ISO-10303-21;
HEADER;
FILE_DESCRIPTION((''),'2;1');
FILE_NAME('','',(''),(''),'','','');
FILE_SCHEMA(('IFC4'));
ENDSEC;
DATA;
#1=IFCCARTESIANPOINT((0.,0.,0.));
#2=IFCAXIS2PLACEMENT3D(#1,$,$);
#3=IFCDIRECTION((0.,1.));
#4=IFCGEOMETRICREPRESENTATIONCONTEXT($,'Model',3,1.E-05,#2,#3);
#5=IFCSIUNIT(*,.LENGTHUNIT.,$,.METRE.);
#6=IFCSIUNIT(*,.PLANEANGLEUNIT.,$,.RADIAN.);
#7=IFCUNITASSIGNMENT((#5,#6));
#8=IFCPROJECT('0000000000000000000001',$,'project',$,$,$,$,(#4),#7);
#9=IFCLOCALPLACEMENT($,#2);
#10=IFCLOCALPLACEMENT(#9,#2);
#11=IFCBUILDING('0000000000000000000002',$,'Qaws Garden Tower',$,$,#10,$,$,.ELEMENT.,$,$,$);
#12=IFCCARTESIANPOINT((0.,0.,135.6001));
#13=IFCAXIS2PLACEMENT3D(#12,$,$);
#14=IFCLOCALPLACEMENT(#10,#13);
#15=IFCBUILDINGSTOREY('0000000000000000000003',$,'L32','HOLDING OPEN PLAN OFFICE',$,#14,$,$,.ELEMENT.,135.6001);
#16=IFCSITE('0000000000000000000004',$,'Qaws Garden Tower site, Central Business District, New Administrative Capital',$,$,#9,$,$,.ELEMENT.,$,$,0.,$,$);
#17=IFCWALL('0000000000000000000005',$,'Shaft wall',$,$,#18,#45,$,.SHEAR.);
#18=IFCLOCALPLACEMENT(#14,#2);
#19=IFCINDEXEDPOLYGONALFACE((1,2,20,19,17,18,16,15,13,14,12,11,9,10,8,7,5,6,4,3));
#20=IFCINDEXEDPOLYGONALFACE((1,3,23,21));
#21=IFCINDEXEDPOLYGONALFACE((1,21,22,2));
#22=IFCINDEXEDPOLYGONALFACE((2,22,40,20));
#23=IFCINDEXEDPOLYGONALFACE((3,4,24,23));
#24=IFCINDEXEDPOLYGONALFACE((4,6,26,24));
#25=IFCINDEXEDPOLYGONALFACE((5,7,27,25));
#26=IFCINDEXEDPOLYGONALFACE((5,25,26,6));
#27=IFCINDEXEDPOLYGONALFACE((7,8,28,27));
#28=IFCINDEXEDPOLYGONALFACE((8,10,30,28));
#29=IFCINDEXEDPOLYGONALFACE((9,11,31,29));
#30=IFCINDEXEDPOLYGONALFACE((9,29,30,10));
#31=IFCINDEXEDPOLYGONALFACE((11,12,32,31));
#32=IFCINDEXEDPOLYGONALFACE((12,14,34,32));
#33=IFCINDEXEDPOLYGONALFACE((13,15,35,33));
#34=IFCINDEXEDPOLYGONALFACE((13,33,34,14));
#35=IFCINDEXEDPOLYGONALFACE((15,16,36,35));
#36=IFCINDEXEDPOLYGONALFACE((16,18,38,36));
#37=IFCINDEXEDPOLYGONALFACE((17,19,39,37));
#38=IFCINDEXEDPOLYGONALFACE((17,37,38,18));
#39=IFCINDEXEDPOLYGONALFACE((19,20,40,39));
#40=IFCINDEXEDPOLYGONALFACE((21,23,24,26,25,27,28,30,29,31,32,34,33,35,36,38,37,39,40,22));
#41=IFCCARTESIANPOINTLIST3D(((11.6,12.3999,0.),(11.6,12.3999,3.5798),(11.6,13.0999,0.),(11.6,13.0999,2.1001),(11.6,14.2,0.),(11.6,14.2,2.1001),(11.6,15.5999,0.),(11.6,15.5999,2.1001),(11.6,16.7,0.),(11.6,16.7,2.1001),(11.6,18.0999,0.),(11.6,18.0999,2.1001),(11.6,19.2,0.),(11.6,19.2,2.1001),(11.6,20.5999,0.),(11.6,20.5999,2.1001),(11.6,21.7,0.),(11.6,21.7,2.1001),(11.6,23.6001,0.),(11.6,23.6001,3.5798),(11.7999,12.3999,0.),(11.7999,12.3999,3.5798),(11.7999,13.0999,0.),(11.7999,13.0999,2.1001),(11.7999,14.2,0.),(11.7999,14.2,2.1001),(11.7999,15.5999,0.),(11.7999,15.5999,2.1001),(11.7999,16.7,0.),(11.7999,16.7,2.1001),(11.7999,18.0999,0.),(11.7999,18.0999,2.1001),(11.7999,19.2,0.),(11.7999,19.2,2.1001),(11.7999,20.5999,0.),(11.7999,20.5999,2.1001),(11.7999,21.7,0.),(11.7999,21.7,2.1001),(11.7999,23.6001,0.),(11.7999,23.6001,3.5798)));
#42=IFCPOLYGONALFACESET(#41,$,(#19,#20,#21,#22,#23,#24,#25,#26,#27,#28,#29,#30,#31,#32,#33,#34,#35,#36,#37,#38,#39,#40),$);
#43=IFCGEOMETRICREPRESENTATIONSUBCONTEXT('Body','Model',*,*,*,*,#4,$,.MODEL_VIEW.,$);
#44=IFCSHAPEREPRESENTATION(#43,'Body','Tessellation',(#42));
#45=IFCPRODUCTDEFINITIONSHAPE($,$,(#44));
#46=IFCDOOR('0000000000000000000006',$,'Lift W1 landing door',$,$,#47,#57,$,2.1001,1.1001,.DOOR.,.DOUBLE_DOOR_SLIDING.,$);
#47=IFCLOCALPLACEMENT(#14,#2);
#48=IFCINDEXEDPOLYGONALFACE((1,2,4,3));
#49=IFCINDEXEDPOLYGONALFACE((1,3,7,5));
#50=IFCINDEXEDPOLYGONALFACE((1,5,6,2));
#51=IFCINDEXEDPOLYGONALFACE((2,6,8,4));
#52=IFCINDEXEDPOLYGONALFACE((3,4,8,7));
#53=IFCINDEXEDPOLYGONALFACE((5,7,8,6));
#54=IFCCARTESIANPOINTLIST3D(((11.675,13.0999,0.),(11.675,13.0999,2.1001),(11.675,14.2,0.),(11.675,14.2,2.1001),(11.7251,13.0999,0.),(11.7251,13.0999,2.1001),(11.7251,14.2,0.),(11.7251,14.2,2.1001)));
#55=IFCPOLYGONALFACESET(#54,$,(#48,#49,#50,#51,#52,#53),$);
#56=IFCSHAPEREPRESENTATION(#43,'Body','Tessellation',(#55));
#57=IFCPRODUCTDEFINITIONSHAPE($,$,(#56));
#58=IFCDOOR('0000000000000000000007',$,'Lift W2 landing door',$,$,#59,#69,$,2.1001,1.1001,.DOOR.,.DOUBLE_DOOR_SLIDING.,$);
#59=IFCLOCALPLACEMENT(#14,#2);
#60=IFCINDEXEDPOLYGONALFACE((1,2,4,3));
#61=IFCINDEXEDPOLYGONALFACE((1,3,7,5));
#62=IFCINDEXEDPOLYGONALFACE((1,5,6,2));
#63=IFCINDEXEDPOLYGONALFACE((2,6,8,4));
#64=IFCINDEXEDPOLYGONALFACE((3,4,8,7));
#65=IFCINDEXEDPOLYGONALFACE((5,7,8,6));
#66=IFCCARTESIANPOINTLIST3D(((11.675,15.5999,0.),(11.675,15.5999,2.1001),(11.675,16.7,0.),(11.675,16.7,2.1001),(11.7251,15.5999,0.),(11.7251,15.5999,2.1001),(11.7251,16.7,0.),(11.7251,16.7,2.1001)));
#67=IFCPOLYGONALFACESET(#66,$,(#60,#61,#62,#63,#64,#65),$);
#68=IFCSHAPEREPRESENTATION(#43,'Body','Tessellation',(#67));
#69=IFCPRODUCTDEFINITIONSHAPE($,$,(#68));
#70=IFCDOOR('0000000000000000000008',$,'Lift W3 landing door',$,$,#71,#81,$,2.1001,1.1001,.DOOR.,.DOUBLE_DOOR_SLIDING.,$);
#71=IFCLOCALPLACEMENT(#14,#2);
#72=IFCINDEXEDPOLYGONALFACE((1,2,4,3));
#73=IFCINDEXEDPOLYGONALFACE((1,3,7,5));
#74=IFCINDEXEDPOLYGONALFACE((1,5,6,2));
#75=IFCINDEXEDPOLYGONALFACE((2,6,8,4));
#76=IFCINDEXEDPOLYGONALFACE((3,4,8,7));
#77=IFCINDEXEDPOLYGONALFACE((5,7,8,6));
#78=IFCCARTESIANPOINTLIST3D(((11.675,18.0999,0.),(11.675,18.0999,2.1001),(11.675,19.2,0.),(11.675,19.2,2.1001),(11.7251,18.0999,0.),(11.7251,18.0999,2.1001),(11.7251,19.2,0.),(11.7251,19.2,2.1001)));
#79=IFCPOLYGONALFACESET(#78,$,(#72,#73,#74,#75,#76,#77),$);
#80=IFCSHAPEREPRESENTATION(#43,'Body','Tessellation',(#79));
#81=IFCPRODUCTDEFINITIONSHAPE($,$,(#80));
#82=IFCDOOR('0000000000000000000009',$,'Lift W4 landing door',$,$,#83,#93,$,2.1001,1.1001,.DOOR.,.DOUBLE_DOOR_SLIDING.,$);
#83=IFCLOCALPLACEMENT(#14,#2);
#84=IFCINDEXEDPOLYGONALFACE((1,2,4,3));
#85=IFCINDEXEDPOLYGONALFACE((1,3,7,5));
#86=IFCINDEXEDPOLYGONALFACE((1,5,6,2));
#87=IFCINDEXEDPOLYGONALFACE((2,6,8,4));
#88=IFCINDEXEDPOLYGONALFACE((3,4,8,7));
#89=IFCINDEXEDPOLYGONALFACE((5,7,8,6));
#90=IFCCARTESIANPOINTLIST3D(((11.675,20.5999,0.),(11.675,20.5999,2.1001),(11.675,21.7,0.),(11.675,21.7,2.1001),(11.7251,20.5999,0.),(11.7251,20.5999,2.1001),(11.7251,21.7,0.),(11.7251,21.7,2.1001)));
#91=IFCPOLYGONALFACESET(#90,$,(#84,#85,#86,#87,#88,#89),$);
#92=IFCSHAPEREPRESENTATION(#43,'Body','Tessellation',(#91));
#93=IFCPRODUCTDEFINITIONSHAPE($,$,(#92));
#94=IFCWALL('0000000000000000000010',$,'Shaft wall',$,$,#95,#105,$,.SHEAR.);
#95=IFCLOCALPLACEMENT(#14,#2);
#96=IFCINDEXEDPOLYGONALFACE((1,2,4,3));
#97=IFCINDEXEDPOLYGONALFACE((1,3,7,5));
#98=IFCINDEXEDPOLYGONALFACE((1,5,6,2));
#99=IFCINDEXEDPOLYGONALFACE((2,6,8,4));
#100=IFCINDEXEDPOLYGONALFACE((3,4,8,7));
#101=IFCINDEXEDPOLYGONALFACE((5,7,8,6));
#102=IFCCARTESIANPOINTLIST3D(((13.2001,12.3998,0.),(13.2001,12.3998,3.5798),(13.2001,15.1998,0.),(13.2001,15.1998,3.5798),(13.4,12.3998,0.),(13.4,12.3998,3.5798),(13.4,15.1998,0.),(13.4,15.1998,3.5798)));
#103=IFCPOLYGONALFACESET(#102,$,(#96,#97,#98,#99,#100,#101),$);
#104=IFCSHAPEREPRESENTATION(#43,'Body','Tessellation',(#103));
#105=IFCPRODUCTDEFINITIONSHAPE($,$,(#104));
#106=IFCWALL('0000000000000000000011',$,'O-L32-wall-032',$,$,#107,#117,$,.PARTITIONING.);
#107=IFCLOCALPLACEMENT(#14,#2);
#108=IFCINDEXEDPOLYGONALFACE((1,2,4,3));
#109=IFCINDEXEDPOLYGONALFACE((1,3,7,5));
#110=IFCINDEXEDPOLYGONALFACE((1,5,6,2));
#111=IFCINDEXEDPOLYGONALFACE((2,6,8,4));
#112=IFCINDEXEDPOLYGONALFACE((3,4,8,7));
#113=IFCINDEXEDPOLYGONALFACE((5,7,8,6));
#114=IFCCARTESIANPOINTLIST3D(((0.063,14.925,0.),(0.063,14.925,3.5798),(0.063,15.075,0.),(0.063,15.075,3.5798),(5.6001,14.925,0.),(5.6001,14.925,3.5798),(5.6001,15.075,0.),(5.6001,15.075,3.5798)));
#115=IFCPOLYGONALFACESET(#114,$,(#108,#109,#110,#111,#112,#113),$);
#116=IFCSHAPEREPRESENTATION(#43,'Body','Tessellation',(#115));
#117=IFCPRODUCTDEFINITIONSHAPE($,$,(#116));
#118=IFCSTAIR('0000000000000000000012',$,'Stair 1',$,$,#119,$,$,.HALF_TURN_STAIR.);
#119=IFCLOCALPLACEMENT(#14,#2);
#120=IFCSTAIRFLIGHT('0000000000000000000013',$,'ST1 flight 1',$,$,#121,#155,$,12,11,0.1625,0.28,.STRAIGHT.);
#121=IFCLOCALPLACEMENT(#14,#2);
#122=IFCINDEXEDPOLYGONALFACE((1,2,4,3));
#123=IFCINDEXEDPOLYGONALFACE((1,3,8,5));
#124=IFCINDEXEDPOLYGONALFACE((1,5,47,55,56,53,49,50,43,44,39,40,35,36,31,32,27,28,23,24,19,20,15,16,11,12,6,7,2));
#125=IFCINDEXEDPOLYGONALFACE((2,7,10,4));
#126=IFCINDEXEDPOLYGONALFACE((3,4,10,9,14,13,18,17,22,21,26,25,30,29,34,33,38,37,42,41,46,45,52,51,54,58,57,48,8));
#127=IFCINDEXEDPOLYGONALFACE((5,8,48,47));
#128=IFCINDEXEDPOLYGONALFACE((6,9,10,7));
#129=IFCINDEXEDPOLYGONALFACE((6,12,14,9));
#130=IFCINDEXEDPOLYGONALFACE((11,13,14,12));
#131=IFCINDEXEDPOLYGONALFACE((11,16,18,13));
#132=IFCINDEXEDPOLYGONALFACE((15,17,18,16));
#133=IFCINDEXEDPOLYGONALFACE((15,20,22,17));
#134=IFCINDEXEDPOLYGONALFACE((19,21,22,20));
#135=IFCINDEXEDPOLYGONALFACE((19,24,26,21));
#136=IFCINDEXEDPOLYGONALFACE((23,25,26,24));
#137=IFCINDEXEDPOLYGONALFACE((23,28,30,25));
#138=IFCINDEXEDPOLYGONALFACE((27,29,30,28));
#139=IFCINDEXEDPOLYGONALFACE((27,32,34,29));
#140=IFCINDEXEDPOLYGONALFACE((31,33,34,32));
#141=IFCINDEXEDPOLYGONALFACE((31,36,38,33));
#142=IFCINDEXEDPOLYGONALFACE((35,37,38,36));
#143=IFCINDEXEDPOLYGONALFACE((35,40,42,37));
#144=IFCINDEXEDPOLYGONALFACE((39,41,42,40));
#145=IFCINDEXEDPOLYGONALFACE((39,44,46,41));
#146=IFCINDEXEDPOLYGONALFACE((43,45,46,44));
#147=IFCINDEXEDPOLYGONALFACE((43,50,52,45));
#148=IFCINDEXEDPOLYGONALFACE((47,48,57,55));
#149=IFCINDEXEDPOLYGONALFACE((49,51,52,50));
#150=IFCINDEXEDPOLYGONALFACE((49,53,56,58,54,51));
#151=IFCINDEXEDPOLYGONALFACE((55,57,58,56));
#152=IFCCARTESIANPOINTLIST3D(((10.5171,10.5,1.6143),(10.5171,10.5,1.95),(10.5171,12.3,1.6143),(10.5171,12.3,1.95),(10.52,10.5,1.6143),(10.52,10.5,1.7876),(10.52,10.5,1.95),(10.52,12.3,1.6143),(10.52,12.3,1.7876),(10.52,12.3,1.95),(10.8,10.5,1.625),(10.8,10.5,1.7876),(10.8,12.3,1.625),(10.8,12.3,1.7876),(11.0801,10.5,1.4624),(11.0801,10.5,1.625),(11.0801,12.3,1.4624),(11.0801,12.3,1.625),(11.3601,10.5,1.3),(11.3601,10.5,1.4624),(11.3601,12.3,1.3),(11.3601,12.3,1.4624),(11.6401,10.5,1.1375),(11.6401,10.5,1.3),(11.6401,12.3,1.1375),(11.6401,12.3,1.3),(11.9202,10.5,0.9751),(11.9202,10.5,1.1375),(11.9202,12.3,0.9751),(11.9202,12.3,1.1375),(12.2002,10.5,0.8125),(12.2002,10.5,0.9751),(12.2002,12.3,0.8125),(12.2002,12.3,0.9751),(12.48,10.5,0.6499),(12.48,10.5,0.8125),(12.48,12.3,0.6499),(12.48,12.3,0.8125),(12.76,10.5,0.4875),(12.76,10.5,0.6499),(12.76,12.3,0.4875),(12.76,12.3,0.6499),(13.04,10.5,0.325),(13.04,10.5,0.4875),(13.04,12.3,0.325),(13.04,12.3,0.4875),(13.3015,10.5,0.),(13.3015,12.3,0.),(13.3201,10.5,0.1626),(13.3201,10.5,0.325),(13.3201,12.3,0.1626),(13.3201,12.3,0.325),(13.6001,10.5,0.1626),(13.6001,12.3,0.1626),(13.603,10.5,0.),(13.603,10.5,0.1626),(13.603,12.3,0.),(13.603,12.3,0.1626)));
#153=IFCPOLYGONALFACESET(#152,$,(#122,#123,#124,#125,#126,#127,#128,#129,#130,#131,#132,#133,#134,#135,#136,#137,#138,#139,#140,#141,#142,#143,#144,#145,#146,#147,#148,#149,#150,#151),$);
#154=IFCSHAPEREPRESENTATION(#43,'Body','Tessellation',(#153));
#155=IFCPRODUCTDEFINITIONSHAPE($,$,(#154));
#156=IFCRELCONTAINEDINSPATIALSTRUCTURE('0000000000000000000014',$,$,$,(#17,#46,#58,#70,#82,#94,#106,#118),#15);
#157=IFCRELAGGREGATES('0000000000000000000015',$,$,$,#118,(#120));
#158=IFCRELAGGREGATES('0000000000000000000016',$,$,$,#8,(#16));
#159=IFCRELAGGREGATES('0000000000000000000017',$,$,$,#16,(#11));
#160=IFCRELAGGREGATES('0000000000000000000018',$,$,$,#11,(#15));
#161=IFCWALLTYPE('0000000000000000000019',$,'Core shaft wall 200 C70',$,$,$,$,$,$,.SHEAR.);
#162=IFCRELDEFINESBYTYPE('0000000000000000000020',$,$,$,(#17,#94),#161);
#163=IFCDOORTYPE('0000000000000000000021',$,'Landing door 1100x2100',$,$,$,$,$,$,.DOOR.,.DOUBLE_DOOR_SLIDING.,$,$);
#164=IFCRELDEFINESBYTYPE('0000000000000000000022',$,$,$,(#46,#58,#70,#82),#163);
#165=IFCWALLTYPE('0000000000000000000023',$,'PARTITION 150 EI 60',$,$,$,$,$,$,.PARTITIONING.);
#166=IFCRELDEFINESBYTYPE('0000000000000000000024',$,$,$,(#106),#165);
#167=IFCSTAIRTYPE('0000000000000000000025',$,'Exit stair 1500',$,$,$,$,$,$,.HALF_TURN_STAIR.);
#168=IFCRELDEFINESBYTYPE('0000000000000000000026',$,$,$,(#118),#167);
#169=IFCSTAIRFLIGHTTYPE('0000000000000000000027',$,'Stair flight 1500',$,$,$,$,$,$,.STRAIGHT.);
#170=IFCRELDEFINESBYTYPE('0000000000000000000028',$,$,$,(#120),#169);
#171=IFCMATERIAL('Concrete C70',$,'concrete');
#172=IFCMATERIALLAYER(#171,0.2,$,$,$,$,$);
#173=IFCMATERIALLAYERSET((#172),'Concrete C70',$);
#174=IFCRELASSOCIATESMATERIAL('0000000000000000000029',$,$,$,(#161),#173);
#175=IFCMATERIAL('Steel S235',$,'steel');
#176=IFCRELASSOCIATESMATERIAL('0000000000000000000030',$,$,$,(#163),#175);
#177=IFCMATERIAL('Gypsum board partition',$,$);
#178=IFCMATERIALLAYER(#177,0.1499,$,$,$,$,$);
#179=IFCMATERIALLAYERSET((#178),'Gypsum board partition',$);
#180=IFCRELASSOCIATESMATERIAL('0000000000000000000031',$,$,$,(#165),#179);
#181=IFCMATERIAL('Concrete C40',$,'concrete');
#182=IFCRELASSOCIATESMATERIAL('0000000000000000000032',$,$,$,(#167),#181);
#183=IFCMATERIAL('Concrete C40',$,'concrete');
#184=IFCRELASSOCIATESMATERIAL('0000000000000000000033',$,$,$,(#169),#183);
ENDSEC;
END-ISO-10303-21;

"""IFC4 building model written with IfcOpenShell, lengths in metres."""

from ifc_helpers import new_model, si_unit, direction, frame, frame_2d, origin, place, context, subcontext, project, spatial, polyline, rectangle, outline, extrude, material, layer, layer_set, type_object, element, fill, aggregate, save


model = new_model("IFC4")

# Units and contexts
model_context = context("Model", 3, precision=1e-05, world=origin(), true_north=direction((0.0, 1.0)))
body_context = subcontext(model_context, "Body", "Model", "MODEL_VIEW")
ifc_project = project(units=[si_unit("LENGTHUNIT", "METRE"), si_unit("PLANEANGLEUNIT", "RADIAN")], contexts=[model_context])

# Site, building, storey
site_placement = place(None, origin())
site = spatial("IfcSite", under=ifc_project, at=site_placement, Name="Qaws Garden Tower site, Central Business District, New Administrative Capital", CompositionType="ELEMENT", RefElevation=0.0)
building_placement = place(site_placement, origin())
building = spatial("IfcBuilding", under=site, at=building_placement, Name="Qaws Garden Tower", CompositionType="ELEMENT")
storey_placement = place(building_placement, frame((0.0, 0.0, 135.6001)))
storey = spatial("IfcBuildingStorey", under=building, at=storey_placement, Name="L32", Description="HOLDING OPEN PLAN OFFICE", CompositionType="ELEMENT", Elevation=135.6001)

# Shared definitions
ifc_material_1 = material(Name="Concrete C70", Category="concrete")
ifc_layer_1 = layer(ifc_material_1, 0.2)
ifc_layer_set_1 = layer_set([ifc_layer_1], Name="Concrete C70")
wall_type_1 = type_object("IfcWallType", Name="Core shaft wall 200 C70", PredefinedType="SHEAR", material=ifc_layer_set_1)

# Wall, openings, doors
wall_1_placement = place(storey_placement, frame((11.7, 12.3999, 0.0), z_axis=(0.0, 0.0, 1.0), x_axis=(0.0, 1.0, 0.0)))
wall_1 = element("IfcWall", 1, at=wall_1_placement, inside=storey, type_object=wall_type_1, Name="Shaft wall", PredefinedType="SHEAR", context=body_context, shape_type="SweptSolid", body=[
    extrude(rectangle(XDim=11.2002, YDim=0.2, at=frame_2d((5.6001, 0.0))), origin(), (0.0, 0.0, 1.0), 3.5798),
])
opening_1_placement = place(wall_1_placement, frame((0.7, 0.0, 0.0)))
opening_1 = element("IfcOpeningElement", 2, at=opening_1_placement, cuts=wall_1, PredefinedType="OPENING", context=body_context, shape_type="SweptSolid", body=[
    extrude(rectangle(XDim=1.1001, YDim=2.1001, at=frame_2d((0.55, 1.05))), frame((0.0, 0.1099, 0.0), z_axis=(0.0, -1.0, 0.0), x_axis=(1.0, 0.0, 0.0)), (0.0, 0.0, 1.0), 0.22),
])
opening_2_placement = place(wall_1_placement, frame((3.2, 0.0, 0.0)))
opening_2 = element("IfcOpeningElement", 3, at=opening_2_placement, cuts=wall_1, PredefinedType="OPENING", context=body_context, shape_type="SweptSolid", body=[
    extrude(rectangle(XDim=1.1001, YDim=2.1001, at=frame_2d((0.55, 1.05))), frame((0.0, 0.1099, 0.0), z_axis=(0.0, -1.0, 0.0), x_axis=(1.0, 0.0, 0.0)), (0.0, 0.0, 1.0), 0.22),
])
opening_3_placement = place(wall_1_placement, frame((5.7, 0.0, 0.0)))
opening_3 = element("IfcOpeningElement", 4, at=opening_3_placement, cuts=wall_1, PredefinedType="OPENING", context=body_context, shape_type="SweptSolid", body=[
    extrude(rectangle(XDim=1.1001, YDim=2.1001, at=frame_2d((0.55, 1.05))), frame((0.0, 0.1099, 0.0), z_axis=(0.0, -1.0, 0.0), x_axis=(1.0, 0.0, 0.0)), (0.0, 0.0, 1.0), 0.22),
])
opening_4_placement = place(wall_1_placement, frame((8.2, 0.0, 0.0)))
opening_4 = element("IfcOpeningElement", 5, at=opening_4_placement, cuts=wall_1, PredefinedType="OPENING", context=body_context, shape_type="SweptSolid", body=[
    extrude(rectangle(XDim=1.1001, YDim=2.1001, at=frame_2d((0.55, 1.05))), frame((0.0, 0.1099, 0.0), z_axis=(0.0, -1.0, 0.0), x_axis=(1.0, 0.0, 0.0)), (0.0, 0.0, 1.0), 0.22),
])
ifc_material_2 = material(Name="Steel S235", Category="steel")
door_type = type_object("IfcDoorType", Name="Landing door 1100x2100", OperationType="DOUBLE_DOOR_SLIDING", PredefinedType="DOOR", material=ifc_material_2)
door_1_placement = place(opening_1_placement, origin())
door_1 = element("IfcDoor", 6, at=door_1_placement, inside=storey, type_object=door_type, Name="Lift W1 landing door", OperationType="DOUBLE_DOOR_SLIDING", OverallHeight=2.1001, OverallWidth=1.1001, PredefinedType="DOOR", context=body_context, shape_type="SweptSolid", body=[
    extrude(rectangle(XDim=1.1001, YDim=2.1001, at=frame_2d((0.55, 1.05))), frame((0.0, 0.0249, 0.0), z_axis=(0.0, -1.0, 0.0), x_axis=(1.0, 0.0, 0.0)), (0.0, 0.0, 1.0), 0.05),
])
fill(opening_1, door_1)
door_2_placement = place(opening_2_placement, origin())
door_2 = element("IfcDoor", 7, at=door_2_placement, inside=storey, type_object=door_type, Name="Lift W2 landing door", OperationType="DOUBLE_DOOR_SLIDING", OverallHeight=2.1001, OverallWidth=1.1001, PredefinedType="DOOR", context=body_context, shape_type="SweptSolid", body=[
    extrude(rectangle(XDim=1.1001, YDim=2.1001, at=frame_2d((0.55, 1.05))), frame((0.0, 0.0249, 0.0), z_axis=(0.0, -1.0, 0.0), x_axis=(1.0, 0.0, 0.0)), (0.0, 0.0, 1.0), 0.05),
])
fill(opening_2, door_2)
door_3_placement = place(opening_3_placement, origin())
door_3 = element("IfcDoor", 8, at=door_3_placement, inside=storey, type_object=door_type, Name="Lift W3 landing door", OperationType="DOUBLE_DOOR_SLIDING", OverallHeight=2.1001, OverallWidth=1.1001, PredefinedType="DOOR", context=body_context, shape_type="SweptSolid", body=[
    extrude(rectangle(XDim=1.1001, YDim=2.1001, at=frame_2d((0.55, 1.05))), frame((0.0, 0.0249, 0.0), z_axis=(0.0, -1.0, 0.0), x_axis=(1.0, 0.0, 0.0)), (0.0, 0.0, 1.0), 0.05),
])
fill(opening_3, door_3)
door_4_placement = place(opening_4_placement, origin())
door_4 = element("IfcDoor", 9, at=door_4_placement, inside=storey, type_object=door_type, Name="Lift W4 landing door", OperationType="DOUBLE_DOOR_SLIDING", OverallHeight=2.1001, OverallWidth=1.1001, PredefinedType="DOOR", context=body_context, shape_type="SweptSolid", body=[
    extrude(rectangle(XDim=1.1001, YDim=2.1001, at=frame_2d((0.55, 1.05))), frame((0.0, 0.0249, 0.0), z_axis=(0.0, -1.0, 0.0), x_axis=(1.0, 0.0, 0.0)), (0.0, 0.0, 1.0), 0.05),
])
fill(opening_4, door_4)

# Walls
wall_2_placement = place(storey_placement, frame((13.3, 12.3999, 0.0), z_axis=(0.0, 0.0, 1.0), x_axis=(0.0, 1.0, 0.0)))
element("IfcWall", 10, at=wall_2_placement, inside=storey, type_object=wall_type_1, Name="Shaft wall", PredefinedType="SHEAR", context=body_context, shape_type="SweptSolid", body=[
    extrude(rectangle(XDim=2.8, YDim=0.2, at=frame_2d((1.3999, 0.0))), origin(), (0.0, 0.0, 1.0), 3.5798),
])
ifc_material_3 = material(Name="Gypsum board partition")
ifc_layer_2 = layer(ifc_material_3, 0.1499)
ifc_layer_set_2 = layer_set([ifc_layer_2], Name="Gypsum board partition")
wall_type_2 = type_object("IfcWallType", Name="PARTITION 150 EI 60", PredefinedType="PARTITIONING", material=ifc_layer_set_2)
wall_3_placement = place(storey_placement, frame((0.063, 15.0, 0.0), z_axis=(0.0, 0.0, 1.0), x_axis=(1.0, 0.0, 0.0)))
element("IfcWall", 11, at=wall_3_placement, inside=storey, type_object=wall_type_2, Name="O-L32-wall-032", PredefinedType="PARTITIONING", context=body_context, shape_type="SweptSolid", body=[
    extrude(rectangle(XDim=5.5371, YDim=0.1499, at=frame_2d((2.7686, 0.0))), origin(), (0.0, 0.0, 1.0), 3.5798),
])

# Stair, stair flight
ifc_material_4 = material(Name="Concrete C40", Category="concrete")
stair_type = type_object("IfcStairType", Name="Exit stair 1500", PredefinedType="HALF_TURN_STAIR", material=ifc_material_4)
stair_placement = place(storey_placement, origin())
stair = element("IfcStair", 12, at=stair_placement, inside=storey, type_object=stair_type, Name="Stair 1", PredefinedType="HALF_TURN_STAIR")
ifc_material_5 = material(Name="Concrete C40", Category="concrete")
stair_flight_type = type_object("IfcStairFlightType", Name="Stair flight 1500", PredefinedType="STRAIGHT", material=ifc_material_5)
stair_flight_1_placement = place(storey_placement, frame((13.6001, 11.3999, 0.0), z_axis=(0.0, 0.0, 1.0), x_axis=(-1.0, 0.0, 0.0)))
stair_flight_1 = element("IfcStairFlight", 13, at=stair_flight_1_placement, type_object=stair_flight_type, Name="ST1 flight 1", NumberOfRisers=12, NumberOfTreads=11, PredefinedType="STRAIGHT", RiserHeight=0.1625, TreadLength=0.28, context=body_context, shape_type="SweptSolid", body=[
    extrude(outline(polyline([(-0.0029, 0.0), (-0.0029, 0.1626), (0.0, 0.1626), (0.28, 0.1626), (0.28, 0.325), (0.5601, 0.325), (0.5601, 0.4875), (0.8401, 0.4875), (0.8401, 0.6499), (1.1201, 0.6499), (1.1201, 0.8125), (1.3999, 0.8125), (1.3999, 0.9751), (1.6799, 0.9751), (1.6799, 1.1375), (1.96, 1.1375), (1.96, 1.3), (2.24, 1.3), (2.24, 1.4624), (2.52, 1.4624), (2.52, 1.625), (2.8, 1.625), (2.8, 1.7876), (3.0801, 1.7876), (3.0801, 1.95), (3.083, 1.95), (3.083, 1.6143), (3.0801, 1.6143), (0.2986, 0.0), (-0.0029, 0.0)])), frame((0.0, 0.8999, 0.0), z_axis=(0.0, -1.0, 0.0), x_axis=(1.0, 0.0, 0.0)), (0.0, 0.0, 1.0), 1.8),
])
aggregate(stair, [stair_flight_1])

save(model, "model.ifc")
